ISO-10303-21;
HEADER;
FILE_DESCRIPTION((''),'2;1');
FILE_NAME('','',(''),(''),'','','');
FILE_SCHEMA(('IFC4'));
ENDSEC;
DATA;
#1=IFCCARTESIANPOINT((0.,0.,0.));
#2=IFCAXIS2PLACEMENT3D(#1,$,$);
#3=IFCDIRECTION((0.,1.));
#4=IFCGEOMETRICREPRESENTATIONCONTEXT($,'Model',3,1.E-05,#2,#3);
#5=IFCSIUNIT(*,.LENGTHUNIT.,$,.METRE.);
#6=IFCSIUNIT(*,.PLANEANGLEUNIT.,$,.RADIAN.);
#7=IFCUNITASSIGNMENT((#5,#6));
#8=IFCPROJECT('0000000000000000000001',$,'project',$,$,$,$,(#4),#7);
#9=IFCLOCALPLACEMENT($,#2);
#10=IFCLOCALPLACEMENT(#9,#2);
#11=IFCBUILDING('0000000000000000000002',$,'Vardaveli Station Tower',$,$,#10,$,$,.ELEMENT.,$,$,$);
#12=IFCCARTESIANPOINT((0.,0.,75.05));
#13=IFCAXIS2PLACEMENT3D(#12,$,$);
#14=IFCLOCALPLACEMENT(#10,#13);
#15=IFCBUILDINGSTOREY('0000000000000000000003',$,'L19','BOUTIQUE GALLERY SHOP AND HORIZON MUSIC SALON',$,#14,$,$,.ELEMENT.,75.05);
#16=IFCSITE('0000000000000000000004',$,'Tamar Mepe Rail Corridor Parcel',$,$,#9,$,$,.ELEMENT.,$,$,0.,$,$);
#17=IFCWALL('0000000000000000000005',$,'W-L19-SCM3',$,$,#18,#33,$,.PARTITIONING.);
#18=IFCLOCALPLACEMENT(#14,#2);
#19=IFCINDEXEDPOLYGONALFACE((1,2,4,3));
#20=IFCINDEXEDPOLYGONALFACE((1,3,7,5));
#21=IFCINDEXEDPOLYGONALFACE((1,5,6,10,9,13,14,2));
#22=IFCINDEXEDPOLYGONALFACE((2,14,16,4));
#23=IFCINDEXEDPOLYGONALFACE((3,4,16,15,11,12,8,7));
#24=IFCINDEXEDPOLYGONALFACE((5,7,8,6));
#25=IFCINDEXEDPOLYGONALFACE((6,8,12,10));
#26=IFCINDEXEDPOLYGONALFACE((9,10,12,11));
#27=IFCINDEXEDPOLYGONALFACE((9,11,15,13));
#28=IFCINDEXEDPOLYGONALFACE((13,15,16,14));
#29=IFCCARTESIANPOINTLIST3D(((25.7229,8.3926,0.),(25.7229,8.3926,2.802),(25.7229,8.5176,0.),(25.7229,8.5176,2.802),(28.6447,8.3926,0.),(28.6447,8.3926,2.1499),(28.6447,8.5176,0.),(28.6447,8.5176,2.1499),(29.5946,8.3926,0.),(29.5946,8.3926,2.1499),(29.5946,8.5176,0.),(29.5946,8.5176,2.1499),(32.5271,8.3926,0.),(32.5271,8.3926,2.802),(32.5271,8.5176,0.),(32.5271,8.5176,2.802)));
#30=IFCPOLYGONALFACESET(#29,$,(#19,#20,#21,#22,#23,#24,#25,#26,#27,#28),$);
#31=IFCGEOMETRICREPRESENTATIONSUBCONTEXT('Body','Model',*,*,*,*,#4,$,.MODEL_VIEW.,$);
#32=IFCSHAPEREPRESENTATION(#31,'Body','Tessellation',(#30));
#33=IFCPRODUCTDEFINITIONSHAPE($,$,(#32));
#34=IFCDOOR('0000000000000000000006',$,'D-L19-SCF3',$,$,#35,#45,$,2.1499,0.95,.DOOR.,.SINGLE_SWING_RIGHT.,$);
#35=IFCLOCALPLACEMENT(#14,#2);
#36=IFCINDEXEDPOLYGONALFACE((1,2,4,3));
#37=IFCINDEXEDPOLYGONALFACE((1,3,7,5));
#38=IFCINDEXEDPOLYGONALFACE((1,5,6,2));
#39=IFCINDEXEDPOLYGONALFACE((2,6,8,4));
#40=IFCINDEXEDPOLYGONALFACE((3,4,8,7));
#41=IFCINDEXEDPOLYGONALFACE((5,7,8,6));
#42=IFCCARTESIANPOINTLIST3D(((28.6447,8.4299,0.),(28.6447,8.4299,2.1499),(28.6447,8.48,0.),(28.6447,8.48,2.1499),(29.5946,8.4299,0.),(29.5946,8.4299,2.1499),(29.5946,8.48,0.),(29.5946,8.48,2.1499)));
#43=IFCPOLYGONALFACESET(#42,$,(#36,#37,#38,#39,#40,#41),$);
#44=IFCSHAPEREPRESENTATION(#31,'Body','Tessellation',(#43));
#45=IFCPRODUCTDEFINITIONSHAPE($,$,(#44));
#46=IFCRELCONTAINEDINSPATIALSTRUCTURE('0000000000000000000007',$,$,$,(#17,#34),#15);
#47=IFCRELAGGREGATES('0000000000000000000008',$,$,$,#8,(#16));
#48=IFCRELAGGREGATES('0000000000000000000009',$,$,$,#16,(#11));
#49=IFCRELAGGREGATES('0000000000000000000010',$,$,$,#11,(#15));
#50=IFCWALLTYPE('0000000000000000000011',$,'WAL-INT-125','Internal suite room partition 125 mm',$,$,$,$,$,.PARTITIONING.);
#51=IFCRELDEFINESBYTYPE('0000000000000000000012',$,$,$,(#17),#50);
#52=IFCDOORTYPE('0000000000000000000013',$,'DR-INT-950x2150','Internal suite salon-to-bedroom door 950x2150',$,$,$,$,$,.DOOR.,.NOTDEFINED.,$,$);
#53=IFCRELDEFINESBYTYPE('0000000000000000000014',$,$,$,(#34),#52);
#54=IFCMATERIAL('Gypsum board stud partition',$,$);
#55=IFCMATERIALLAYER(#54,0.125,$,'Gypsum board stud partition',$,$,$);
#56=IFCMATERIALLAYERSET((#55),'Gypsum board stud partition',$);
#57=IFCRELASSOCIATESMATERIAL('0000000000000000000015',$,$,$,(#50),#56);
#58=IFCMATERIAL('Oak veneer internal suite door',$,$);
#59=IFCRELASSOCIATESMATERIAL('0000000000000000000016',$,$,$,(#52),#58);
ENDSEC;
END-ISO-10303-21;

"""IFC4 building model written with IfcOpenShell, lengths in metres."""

from ifc_helpers import new_model, si_unit, direction, frame, frame_2d, origin, place, context, subcontext, project, spatial, rectangle, extrude, source, transform, mapped, material, layer, layer_set, type_object, element, fill, save


model = new_model("IFC4")

# Units and contexts
model_context = context("Model", 3, precision=1e-05, world=origin(), true_north=direction((0.0, 1.0)))
body_context = subcontext(model_context, "Body", "Model", "MODEL_VIEW")
ifc_project = project(units=[si_unit("LENGTHUNIT", "METRE"), si_unit("PLANEANGLEUNIT", "RADIAN")], contexts=[model_context])

# Site, building, storey
site_placement = place(None, origin())
site = spatial("IfcSite", under=ifc_project, at=site_placement, Name="Tamar Mepe Rail Corridor Parcel", CompositionType="ELEMENT", RefElevation=0.0)
building_placement = place(site_placement, origin())
building = spatial("IfcBuilding", under=site, at=building_placement, Name="Vardaveli Station Tower", CompositionType="ELEMENT")
storey_placement = place(building_placement, frame((0.0, 0.0, 75.05)))
storey = spatial("IfcBuildingStorey", under=building, at=storey_placement, Name="L19", Description="BOUTIQUE GALLERY SHOP AND HORIZON MUSIC SALON", CompositionType="ELEMENT", Elevation=75.05)

# Wall, opening, door
ifc_material_1 = material(Name="Gypsum board stud partition")
ifc_layer_1 = layer(ifc_material_1, 0.125, Name="Gypsum board stud partition")
ifc_layer_set_1 = layer_set([ifc_layer_1], Name="Gypsum board stud partition")
wall_type_1 = type_object("IfcWallType", Name="WAL-INT-125", Description="Internal suite room partition 125 mm", PredefinedType="PARTITIONING", material=ifc_layer_set_1)
shared_shape_1 = source(origin(), body_context, "Body", "SweptSolid", [
    extrude(rectangle(XDim=6.8042, YDim=0.125, at=frame_2d((3.4021, 0.0))), origin(), (0.0, 0.0, 1.0), 2.802),
])
wall_1_placement = place(storey_placement, frame((25.7229, 8.4551, 0.0), z_axis=(0.0, 0.0, 1.0), x_axis=(1.0, 0.0, 0.0)))
wall_1 = element("IfcWall", 1, at=wall_1_placement, inside=storey, type_object=wall_type_1, Name="W-L19-SCM3", PredefinedType="PARTITIONING", context=body_context, shape_type="MappedRepresentation", body=[
    mapped(shared_shape_1, transform((0.0, 0.0, 0.0), scale=1.0)),
])
shared_shape_2 = source(origin(), body_context, "Body", "SweptSolid", [
    extrude(rectangle(XDim=0.95, YDim=2.1499, at=frame_2d((0.4751, 1.075))), frame((0.0, 0.0725, 0.0), z_axis=(0.0, -1.0, 0.0), x_axis=(1.0, 0.0, 0.0)), (0.0, 0.0, 1.0), 0.145),
])
opening_1_placement = place(wall_1_placement, frame((2.9216, 0.0, 0.0)))
opening_1 = element("IfcOpeningElement", 2, at=opening_1_placement, cuts=wall_1, PredefinedType="OPENING", context=body_context, shape_type="MappedRepresentation", body=[
    mapped(shared_shape_2, transform((0.0, 0.0, 0.0), scale=1.0)),
])
ifc_material_2 = material(Name="Oak veneer internal suite door")
door_type_1 = type_object("IfcDoorType", Name="DR-INT-950x2150", Description="Internal suite salon-to-bedroom door 950x2150", OperationType="NOTDEFINED", PredefinedType="DOOR", material=ifc_material_2)
shared_shape_3 = source(origin(), body_context, "Body", "SweptSolid", [
    extrude(rectangle(XDim=0.95, YDim=2.1499, at=frame_2d((0.4751, 1.075))), frame((0.0, 0.0249, 0.0), z_axis=(0.0, -1.0, 0.0), x_axis=(1.0, 0.0, 0.0)), (0.0, 0.0, 1.0), 0.05),
])
door_1_placement = place(opening_1_placement, origin())
door_1 = element("IfcDoor", 3, at=door_1_placement, inside=storey, type_object=door_type_1, Name="D-L19-SCF3", OperationType="SINGLE_SWING_RIGHT", OverallHeight=2.1499, OverallWidth=0.95, PredefinedType="DOOR", context=body_context, shape_type="MappedRepresentation", body=[
    mapped(shared_shape_3, transform((0.0, 0.0, 0.0), scale=1.0)),
])
fill(opening_1, door_1)

save(model, "model.ifc")
